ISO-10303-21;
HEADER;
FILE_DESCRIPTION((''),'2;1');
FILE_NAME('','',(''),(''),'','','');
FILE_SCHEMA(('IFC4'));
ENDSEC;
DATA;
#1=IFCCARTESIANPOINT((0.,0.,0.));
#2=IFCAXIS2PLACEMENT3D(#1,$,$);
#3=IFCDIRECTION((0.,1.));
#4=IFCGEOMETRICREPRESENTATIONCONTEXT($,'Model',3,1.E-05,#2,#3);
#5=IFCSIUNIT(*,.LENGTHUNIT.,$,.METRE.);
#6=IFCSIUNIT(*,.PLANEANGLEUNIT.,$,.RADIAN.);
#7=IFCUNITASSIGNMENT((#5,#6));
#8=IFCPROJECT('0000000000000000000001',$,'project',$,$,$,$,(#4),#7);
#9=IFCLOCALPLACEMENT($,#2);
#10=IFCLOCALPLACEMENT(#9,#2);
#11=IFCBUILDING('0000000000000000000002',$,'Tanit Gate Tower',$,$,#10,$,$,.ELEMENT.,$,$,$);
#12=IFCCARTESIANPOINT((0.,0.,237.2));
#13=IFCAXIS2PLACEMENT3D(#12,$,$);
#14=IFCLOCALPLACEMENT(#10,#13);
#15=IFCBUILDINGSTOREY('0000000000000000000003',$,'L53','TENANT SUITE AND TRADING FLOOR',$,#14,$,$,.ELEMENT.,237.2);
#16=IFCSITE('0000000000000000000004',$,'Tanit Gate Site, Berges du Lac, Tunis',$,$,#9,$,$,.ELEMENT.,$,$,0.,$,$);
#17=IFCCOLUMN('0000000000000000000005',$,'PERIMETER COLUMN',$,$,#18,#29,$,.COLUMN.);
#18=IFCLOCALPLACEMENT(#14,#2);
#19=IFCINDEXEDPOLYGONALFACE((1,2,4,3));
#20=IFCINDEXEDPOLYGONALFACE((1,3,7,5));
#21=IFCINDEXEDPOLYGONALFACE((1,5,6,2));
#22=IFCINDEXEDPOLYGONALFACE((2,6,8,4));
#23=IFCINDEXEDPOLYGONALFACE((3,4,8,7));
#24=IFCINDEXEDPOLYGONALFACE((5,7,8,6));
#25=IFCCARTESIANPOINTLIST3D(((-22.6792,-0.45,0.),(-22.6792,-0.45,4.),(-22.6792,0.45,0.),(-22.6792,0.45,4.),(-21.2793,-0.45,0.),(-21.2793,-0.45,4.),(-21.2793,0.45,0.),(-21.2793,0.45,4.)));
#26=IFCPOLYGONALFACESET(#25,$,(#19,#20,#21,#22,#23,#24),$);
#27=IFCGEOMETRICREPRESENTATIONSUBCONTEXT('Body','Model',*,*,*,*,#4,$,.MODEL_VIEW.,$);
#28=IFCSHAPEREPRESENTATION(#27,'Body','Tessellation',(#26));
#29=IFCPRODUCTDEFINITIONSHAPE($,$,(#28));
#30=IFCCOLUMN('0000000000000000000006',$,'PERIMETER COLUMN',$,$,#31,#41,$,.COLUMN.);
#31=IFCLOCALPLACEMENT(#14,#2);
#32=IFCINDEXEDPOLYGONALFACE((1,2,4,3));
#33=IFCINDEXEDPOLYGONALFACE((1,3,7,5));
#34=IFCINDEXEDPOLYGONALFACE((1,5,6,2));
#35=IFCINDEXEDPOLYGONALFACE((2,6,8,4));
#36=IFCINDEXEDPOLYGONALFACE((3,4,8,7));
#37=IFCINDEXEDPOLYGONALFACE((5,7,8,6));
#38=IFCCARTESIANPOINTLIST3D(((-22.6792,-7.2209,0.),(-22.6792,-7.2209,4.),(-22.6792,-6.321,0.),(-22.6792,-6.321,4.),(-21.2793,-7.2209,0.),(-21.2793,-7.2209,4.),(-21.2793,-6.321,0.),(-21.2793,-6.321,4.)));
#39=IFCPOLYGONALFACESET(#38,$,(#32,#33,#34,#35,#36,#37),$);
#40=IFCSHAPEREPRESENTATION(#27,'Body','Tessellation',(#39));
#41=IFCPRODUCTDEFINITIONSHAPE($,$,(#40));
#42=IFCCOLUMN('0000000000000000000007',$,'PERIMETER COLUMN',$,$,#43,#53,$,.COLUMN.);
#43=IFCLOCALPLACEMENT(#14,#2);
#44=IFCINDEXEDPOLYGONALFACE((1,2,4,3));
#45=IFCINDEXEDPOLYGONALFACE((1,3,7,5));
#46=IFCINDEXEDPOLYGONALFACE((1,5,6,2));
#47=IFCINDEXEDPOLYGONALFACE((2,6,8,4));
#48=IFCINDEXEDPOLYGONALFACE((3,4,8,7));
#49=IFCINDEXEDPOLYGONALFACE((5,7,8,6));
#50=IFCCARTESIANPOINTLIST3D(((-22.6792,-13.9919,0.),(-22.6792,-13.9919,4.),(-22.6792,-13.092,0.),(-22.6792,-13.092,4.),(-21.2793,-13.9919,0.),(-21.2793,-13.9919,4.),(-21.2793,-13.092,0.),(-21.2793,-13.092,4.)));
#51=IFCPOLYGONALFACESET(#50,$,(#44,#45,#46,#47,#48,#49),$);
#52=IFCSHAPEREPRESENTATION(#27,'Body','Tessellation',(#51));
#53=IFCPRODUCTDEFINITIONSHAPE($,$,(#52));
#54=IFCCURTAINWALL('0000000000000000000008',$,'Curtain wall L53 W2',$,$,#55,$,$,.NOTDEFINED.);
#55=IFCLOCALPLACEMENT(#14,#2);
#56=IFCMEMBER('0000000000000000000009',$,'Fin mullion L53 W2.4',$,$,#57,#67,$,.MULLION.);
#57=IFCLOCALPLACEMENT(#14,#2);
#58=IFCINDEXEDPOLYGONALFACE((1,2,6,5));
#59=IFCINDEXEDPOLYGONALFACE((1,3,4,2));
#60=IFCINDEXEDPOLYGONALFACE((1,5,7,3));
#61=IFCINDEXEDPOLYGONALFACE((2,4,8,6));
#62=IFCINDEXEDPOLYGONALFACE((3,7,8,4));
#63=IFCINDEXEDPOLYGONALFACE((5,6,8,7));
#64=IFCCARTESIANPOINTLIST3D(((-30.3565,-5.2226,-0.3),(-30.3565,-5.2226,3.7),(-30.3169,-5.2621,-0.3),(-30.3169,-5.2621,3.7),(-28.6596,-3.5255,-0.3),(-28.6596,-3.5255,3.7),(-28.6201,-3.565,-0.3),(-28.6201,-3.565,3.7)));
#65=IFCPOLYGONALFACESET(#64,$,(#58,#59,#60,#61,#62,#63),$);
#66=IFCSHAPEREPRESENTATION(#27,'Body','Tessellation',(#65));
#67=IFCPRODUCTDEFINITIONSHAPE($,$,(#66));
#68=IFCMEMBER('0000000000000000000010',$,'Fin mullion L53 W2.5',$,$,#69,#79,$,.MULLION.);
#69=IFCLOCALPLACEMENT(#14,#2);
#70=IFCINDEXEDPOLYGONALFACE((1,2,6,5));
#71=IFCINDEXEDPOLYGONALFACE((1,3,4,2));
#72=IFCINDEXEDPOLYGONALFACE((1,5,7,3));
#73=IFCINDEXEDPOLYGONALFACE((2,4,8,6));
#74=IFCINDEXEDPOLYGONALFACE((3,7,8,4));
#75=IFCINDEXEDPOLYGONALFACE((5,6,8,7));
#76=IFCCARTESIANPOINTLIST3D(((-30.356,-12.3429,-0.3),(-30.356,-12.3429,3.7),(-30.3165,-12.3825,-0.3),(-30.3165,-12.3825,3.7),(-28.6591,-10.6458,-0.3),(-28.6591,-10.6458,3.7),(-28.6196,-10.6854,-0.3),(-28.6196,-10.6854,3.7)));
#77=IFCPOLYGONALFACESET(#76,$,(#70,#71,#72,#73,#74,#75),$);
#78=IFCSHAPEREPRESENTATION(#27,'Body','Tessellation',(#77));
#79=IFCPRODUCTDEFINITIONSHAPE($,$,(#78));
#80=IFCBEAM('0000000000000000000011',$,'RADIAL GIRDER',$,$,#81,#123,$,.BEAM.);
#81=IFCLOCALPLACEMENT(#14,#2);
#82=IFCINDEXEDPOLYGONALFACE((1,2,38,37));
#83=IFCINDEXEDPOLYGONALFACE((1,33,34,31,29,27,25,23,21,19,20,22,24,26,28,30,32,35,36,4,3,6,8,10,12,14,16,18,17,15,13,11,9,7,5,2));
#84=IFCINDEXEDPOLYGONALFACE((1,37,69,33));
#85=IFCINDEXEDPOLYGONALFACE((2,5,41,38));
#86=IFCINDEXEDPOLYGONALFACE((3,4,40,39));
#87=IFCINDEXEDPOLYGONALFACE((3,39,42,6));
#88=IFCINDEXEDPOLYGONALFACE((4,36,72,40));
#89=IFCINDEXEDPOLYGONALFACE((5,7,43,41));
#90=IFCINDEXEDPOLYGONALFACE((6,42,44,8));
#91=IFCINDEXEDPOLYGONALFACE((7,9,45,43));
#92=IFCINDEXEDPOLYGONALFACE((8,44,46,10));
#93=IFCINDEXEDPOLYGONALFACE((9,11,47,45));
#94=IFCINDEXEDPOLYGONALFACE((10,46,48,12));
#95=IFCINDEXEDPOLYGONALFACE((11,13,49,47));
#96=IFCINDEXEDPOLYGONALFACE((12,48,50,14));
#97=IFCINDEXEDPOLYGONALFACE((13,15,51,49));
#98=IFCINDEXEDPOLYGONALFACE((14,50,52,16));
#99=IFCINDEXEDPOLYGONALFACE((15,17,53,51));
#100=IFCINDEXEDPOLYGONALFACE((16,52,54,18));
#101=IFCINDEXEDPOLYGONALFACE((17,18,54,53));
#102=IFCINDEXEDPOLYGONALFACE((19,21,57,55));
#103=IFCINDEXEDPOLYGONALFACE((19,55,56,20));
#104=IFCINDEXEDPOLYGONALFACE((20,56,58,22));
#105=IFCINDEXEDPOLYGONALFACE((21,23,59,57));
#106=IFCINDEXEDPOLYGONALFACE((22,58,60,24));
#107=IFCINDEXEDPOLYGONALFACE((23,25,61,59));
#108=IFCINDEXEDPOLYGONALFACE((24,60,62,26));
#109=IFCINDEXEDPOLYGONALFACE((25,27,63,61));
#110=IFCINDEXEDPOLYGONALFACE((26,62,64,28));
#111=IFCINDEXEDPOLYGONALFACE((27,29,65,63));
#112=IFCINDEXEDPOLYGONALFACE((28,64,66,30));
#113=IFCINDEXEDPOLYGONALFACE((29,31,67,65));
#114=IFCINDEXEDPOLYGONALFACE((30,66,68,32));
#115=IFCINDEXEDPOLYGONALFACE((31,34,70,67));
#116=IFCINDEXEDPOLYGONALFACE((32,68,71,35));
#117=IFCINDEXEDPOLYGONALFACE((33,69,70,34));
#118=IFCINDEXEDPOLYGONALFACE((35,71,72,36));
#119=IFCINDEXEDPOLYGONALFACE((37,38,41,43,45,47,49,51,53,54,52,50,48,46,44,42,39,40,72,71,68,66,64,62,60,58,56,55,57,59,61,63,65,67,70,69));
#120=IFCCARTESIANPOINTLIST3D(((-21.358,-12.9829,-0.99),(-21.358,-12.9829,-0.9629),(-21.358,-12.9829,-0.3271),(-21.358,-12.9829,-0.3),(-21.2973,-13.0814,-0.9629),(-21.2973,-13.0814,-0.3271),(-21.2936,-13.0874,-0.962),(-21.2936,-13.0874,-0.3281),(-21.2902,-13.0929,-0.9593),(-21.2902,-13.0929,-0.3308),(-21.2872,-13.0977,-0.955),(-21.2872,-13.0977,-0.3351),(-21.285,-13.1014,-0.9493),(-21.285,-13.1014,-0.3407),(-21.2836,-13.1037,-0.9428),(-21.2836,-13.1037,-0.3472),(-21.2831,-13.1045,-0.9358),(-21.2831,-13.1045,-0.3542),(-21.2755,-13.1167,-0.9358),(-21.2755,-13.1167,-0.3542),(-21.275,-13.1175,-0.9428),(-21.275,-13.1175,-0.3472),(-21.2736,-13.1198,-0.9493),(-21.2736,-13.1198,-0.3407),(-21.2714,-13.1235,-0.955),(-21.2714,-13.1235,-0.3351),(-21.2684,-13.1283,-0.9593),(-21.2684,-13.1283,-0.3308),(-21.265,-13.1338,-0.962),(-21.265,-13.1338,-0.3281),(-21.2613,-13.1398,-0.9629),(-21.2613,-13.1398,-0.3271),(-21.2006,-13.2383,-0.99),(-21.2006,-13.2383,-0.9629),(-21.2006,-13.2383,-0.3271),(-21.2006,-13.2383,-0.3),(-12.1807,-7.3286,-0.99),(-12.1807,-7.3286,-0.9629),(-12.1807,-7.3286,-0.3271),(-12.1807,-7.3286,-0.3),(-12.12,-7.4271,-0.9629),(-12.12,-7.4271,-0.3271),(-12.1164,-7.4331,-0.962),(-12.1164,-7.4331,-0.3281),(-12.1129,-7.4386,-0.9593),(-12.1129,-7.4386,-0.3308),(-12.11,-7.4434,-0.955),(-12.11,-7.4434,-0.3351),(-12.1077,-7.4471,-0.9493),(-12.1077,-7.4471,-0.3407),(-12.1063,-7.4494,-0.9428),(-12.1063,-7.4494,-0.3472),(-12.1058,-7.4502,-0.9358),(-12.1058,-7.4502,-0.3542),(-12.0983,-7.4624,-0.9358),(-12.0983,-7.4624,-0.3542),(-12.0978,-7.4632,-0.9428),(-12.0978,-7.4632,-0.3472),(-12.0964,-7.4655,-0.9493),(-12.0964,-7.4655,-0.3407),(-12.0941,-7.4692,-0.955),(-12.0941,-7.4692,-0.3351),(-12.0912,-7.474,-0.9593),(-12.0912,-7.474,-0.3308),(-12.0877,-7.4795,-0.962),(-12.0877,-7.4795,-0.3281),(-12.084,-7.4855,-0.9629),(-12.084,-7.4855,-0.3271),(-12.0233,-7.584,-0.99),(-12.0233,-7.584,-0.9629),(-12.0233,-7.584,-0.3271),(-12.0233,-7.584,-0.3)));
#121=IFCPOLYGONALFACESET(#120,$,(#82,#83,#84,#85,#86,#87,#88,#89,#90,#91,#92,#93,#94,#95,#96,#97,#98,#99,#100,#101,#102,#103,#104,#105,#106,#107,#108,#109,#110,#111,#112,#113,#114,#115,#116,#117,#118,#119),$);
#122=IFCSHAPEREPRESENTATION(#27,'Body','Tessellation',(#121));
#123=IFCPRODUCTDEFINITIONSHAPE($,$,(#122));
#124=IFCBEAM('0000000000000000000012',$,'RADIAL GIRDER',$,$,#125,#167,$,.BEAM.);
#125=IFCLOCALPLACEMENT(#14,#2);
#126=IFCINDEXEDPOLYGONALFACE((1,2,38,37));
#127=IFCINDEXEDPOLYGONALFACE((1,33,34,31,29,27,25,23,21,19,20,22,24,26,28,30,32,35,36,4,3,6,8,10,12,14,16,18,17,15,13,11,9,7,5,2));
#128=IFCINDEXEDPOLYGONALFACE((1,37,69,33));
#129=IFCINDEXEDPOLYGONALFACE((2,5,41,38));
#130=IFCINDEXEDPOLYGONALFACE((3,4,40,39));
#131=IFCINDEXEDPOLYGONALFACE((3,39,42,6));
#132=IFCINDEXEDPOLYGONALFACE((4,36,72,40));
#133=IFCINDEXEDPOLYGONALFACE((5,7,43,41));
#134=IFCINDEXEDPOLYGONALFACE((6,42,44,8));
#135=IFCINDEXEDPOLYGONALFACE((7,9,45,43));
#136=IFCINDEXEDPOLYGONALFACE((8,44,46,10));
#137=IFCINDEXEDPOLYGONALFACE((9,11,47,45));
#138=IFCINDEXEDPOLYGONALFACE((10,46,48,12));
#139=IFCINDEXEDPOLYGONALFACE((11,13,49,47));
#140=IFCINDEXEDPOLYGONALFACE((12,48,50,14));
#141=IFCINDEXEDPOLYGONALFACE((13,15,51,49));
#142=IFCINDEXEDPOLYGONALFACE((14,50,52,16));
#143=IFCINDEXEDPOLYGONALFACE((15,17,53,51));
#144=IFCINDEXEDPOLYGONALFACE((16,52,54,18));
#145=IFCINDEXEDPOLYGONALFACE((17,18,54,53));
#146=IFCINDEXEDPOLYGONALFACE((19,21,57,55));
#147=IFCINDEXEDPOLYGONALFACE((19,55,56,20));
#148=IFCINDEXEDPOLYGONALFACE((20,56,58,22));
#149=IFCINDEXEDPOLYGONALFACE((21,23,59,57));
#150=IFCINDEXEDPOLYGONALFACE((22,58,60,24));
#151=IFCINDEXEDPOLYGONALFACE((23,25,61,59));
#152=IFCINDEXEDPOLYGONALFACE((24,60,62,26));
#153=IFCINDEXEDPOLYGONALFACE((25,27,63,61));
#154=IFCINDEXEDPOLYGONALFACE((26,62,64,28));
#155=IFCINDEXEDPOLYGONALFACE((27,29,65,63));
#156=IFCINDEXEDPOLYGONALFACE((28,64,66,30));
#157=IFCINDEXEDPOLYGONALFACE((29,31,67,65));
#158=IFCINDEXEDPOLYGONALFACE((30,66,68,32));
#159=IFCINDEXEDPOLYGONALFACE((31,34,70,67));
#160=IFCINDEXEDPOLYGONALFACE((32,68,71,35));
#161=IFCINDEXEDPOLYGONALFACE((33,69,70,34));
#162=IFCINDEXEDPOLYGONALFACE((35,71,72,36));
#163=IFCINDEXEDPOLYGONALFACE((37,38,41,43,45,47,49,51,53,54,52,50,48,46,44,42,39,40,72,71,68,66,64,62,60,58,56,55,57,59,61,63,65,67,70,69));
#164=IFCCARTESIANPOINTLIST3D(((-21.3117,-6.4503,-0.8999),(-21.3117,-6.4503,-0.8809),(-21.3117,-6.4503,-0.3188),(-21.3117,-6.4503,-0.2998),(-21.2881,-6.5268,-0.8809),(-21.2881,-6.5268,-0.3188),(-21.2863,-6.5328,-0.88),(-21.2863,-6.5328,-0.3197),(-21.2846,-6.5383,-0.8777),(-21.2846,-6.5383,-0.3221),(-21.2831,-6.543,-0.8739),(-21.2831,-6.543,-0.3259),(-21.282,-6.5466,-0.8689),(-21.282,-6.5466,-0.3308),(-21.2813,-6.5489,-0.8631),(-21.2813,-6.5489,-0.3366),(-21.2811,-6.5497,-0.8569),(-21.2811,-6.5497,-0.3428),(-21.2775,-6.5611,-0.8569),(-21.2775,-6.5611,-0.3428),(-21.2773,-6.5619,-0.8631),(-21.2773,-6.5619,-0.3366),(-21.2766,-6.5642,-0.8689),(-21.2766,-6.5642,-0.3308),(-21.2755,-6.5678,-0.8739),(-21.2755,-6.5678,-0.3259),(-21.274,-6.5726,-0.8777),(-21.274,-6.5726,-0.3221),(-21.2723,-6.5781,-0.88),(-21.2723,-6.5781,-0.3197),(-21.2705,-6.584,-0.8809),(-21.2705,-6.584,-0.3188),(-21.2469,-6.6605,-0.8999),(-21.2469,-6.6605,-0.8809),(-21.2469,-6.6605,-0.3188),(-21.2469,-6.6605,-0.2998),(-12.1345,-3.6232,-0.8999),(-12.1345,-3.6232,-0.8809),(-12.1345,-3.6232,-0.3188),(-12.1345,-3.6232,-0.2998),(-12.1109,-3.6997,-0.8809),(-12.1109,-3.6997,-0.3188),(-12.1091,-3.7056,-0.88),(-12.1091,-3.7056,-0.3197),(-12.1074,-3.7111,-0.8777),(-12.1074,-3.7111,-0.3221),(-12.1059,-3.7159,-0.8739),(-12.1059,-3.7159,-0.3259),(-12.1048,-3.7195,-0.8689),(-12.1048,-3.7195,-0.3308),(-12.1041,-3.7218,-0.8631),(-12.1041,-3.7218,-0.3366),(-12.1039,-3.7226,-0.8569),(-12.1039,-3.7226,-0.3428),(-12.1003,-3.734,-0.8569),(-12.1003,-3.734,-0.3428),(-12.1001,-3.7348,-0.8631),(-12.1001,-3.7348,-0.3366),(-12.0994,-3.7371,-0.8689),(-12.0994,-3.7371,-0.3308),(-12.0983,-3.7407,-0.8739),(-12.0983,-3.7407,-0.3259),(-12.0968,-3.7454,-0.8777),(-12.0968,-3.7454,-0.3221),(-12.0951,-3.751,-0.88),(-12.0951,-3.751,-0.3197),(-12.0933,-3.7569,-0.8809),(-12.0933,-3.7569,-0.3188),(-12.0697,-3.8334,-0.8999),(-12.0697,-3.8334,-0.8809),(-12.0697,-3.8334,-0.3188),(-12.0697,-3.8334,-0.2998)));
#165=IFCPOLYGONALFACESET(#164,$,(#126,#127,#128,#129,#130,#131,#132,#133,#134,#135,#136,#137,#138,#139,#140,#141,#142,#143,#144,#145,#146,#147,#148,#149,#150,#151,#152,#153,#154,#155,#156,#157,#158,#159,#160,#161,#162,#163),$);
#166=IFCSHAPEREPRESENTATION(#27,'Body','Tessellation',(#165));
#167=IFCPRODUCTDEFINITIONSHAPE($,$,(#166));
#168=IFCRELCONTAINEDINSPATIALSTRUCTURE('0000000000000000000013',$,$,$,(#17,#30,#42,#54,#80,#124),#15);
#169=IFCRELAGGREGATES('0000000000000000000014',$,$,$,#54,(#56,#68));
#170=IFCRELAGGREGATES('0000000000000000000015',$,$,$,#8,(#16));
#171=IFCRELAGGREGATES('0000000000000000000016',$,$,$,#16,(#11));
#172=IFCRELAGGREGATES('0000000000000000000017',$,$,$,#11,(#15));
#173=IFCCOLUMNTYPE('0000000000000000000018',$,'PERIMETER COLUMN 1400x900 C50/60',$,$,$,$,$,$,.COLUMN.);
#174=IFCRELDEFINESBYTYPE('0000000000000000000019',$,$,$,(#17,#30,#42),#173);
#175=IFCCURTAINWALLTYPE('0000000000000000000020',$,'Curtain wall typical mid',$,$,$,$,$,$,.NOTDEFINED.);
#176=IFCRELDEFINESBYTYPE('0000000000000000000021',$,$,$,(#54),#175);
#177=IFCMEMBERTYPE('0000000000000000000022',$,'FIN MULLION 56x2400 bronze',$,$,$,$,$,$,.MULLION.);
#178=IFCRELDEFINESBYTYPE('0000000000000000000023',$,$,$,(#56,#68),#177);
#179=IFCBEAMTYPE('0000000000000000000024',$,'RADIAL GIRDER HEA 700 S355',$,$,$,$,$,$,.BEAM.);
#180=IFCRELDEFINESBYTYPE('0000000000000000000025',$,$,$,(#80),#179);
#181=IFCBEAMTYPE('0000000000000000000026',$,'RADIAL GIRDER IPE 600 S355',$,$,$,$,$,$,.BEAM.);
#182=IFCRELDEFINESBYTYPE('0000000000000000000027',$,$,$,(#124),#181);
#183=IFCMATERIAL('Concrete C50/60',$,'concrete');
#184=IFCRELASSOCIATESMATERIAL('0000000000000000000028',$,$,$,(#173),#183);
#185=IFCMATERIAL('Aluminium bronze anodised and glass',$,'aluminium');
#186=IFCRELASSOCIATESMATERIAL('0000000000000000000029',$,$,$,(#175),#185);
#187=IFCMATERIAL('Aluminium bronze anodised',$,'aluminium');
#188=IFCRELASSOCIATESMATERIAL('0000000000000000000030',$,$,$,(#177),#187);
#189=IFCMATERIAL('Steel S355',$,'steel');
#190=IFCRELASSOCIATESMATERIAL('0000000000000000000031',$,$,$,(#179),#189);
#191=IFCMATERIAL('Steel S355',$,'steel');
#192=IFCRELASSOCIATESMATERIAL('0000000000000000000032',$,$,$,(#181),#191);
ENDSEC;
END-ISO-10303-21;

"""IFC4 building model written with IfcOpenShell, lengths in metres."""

from ifc_helpers import new_model, si_unit, direction, frame, origin, origin_2d, place, context, subcontext, project, spatial, rectangle, i_section, extrude, material, material_profile, profile_set, type_object, element, aggregate, save


model = new_model("IFC4")

# Units and contexts
model_context = context("Model", 3, precision=1e-05, world=origin(), true_north=direction((0.0, 1.0)))
body_context = subcontext(model_context, "Body", "Model", "MODEL_VIEW")
ifc_project = project(units=[si_unit("LENGTHUNIT", "METRE"), si_unit("PLANEANGLEUNIT", "RADIAN")], contexts=[model_context])

# Site, building, storey
site_placement = place(None, origin())
site = spatial("IfcSite", under=ifc_project, at=site_placement, Name="Tanit Gate Site, Berges du Lac, Tunis", CompositionType="ELEMENT", RefElevation=0.0)
building_placement = place(site_placement, origin())
building = spatial("IfcBuilding", under=site, at=building_placement, Name="Tanit Gate Tower", CompositionType="ELEMENT")
storey_placement = place(building_placement, frame((0.0, 0.0, 237.2)))
storey = spatial("IfcBuildingStorey", under=building, at=storey_placement, Name="L53", Description="TENANT SUITE AND TRADING FLOOR", CompositionType="ELEMENT", Elevation=237.2)

# Columns
ifc_material_1 = material(Name="Concrete C50/60", Category="concrete")
ifc_material_profile_1 = material_profile(ifc_material_1, rectangle(XDim=1.3999, YDim=0.8999, at=origin_2d()), Name="RC 1400x900")
ifc_profile_set_1 = profile_set([ifc_material_profile_1], Name="Concrete C50/60")
column_type = type_object("IfcColumnType", Name="PERIMETER COLUMN 1400x900 C50/60", PredefinedType="COLUMN", material=ifc_profile_set_1)
for number, where, z_axis, x_axis, name in (
    (1, (-21.9792, 0.0, 0.0), (0.0, 0.0, 1.0), (-1.0, 0.0, 0.0), "PERIMETER COLUMN"),
    (2, (-21.9792, -6.771, 0.0), (0.0, 0.0, 1.0), (-1.0, 0.0, 0.0), "PERIMETER COLUMN"),
    (3, (-21.9792, -13.542, 0.0), (0.0, 0.0, 1.0), (-1.0, 0.0, 0.0), "PERIMETER COLUMN"),
):
    element("IfcColumn", number, at=place(storey_placement, frame(where, z_axis=z_axis, x_axis=x_axis)), inside=storey, type_object=column_type, Name=name, PredefinedType="COLUMN", context=body_context, shape_type="SweptSolid", body=[
        extrude(rectangle(XDim=1.3999, YDim=0.8999, at=origin_2d()), origin(), (0.0, 0.0, 1.0), 4.0),
    ])

# Curtain wall, members
ifc_material_2 = material(Name="Aluminium bronze anodised and glass", Category="aluminium")
curtain_wall_type = type_object("IfcCurtainWallType", Name="Curtain wall typical mid", PredefinedType="NOTDEFINED", material=ifc_material_2)
curtain_wall_placement = place(storey_placement, origin())
curtain_wall = element("IfcCurtainWall", 4, at=curtain_wall_placement, inside=storey, type_object=curtain_wall_type, Name="Curtain wall L53 W2", PredefinedType="NOTDEFINED")
ifc_material_3 = material(Name="Aluminium bronze anodised", Category="aluminium")
ifc_material_profile_2 = material_profile(ifc_material_3, rectangle(XDim=2.3999, YDim=0.0559, at=origin_2d()), Name="56x2400 bronze fin mullion")
ifc_profile_set_2 = profile_set([ifc_material_profile_2], Name="Aluminium bronze anodised")
member_type_1 = type_object("IfcMemberType", Name="FIN MULLION 56x2400 bronze", PredefinedType="MULLION", material=ifc_profile_set_2)
member_1_placement = place(storey_placement, frame((-29.4883, -4.3938, -0.3), z_axis=(0.0, 0.0, 1.0), x_axis=(0.707058, 0.707156, 0.0)))
member_1 = element("IfcMember", 5, at=member_1_placement, type_object=member_type_1, Name="Fin mullion L53 W2.4", PredefinedType="MULLION", context=body_context, shape_type="SweptSolid", body=[
    extrude(rectangle(XDim=2.3999, YDim=0.0559, at=origin_2d()), origin(), (0.0, 0.0, 1.0), 4.0),
])
member_2_placement = place(storey_placement, frame((-29.4878, -11.5142, -0.3), z_axis=(0.0, 0.0, 1.0), x_axis=(0.707058, 0.707156, 0.0)))
member_2 = element("IfcMember", 6, at=member_2_placement, type_object=member_type_1, Name="Fin mullion L53 W2.5", PredefinedType="MULLION", context=body_context, shape_type="SweptSolid", body=[
    extrude(rectangle(XDim=2.3999, YDim=0.0559, at=origin_2d()), origin(), (0.0, 0.0, 1.0), 4.0),
])

# Beams
ifc_material_4 = material(Name="Steel S355", Category="steel")
ifc_material_profile_3 = material_profile(ifc_material_4, i_section(OverallWidth=0.3, OverallDepth=0.6899, WebThickness=0.0144, FlangeThickness=0.0271, FilletRadius=0.0271, at=origin_2d()), Name="HEA 700")
ifc_profile_set_3 = profile_set([ifc_material_profile_3], Name="Steel S355")
beam_type_1 = type_object("IfcBeamType", Name="RADIAL GIRDER HEA 700 S355", PredefinedType="BEAM", material=ifc_profile_set_3)
beam_1_placement = place(storey_placement, frame((-21.2793, -13.1106, -0.645), z_axis=(0.851378, 0.524552, 0.0), x_axis=(-0.524552, 0.851378, 0.0)))
element("IfcBeam", 7, at=beam_1_placement, inside=storey, type_object=beam_type_1, Name="RADIAL GIRDER", PredefinedType="BEAM", context=body_context, shape_type="SweptSolid", body=[
    extrude(i_section(OverallWidth=0.3, OverallDepth=0.6899, WebThickness=0.0144, FlangeThickness=0.0271, FilletRadius=0.0271, at=origin_2d()), origin(), (0.0, 0.0, 1.0), 10.7793),
])
ifc_material_5 = material(Name="Steel S355", Category="steel")
ifc_material_profile_4 = material_profile(ifc_material_5, i_section(OverallWidth=0.22, OverallDepth=0.6001, WebThickness=0.012, FlangeThickness=0.019, FilletRadius=0.0239, at=origin_2d()), Name="IPE 600")
ifc_profile_set_4 = profile_set([ifc_material_profile_4], Name="Steel S355")
beam_type_2 = type_object("IfcBeamType", Name="RADIAL GIRDER IPE 600 S355", PredefinedType="BEAM", material=ifc_profile_set_4)
beam_2_placement = place(storey_placement, frame((-21.2793, -6.5554, -0.5999), z_axis=(0.95568, 0.294407, 0.0), x_axis=(-0.294407, 0.95568, 0.0)))
element("IfcBeam", 8, at=beam_2_placement, inside=storey, type_object=beam_type_2, Name="RADIAL GIRDER", PredefinedType="BEAM", context=body_context, shape_type="SweptSolid", body=[
    extrude(i_section(OverallWidth=0.22, OverallDepth=0.6001, WebThickness=0.012, FlangeThickness=0.019, FilletRadius=0.0239, at=origin_2d()), origin(), (0.0, 0.0, 1.0), 9.6028),
])

aggregate(curtain_wall, [member_1, member_2])

save(model, "model.ifc")
